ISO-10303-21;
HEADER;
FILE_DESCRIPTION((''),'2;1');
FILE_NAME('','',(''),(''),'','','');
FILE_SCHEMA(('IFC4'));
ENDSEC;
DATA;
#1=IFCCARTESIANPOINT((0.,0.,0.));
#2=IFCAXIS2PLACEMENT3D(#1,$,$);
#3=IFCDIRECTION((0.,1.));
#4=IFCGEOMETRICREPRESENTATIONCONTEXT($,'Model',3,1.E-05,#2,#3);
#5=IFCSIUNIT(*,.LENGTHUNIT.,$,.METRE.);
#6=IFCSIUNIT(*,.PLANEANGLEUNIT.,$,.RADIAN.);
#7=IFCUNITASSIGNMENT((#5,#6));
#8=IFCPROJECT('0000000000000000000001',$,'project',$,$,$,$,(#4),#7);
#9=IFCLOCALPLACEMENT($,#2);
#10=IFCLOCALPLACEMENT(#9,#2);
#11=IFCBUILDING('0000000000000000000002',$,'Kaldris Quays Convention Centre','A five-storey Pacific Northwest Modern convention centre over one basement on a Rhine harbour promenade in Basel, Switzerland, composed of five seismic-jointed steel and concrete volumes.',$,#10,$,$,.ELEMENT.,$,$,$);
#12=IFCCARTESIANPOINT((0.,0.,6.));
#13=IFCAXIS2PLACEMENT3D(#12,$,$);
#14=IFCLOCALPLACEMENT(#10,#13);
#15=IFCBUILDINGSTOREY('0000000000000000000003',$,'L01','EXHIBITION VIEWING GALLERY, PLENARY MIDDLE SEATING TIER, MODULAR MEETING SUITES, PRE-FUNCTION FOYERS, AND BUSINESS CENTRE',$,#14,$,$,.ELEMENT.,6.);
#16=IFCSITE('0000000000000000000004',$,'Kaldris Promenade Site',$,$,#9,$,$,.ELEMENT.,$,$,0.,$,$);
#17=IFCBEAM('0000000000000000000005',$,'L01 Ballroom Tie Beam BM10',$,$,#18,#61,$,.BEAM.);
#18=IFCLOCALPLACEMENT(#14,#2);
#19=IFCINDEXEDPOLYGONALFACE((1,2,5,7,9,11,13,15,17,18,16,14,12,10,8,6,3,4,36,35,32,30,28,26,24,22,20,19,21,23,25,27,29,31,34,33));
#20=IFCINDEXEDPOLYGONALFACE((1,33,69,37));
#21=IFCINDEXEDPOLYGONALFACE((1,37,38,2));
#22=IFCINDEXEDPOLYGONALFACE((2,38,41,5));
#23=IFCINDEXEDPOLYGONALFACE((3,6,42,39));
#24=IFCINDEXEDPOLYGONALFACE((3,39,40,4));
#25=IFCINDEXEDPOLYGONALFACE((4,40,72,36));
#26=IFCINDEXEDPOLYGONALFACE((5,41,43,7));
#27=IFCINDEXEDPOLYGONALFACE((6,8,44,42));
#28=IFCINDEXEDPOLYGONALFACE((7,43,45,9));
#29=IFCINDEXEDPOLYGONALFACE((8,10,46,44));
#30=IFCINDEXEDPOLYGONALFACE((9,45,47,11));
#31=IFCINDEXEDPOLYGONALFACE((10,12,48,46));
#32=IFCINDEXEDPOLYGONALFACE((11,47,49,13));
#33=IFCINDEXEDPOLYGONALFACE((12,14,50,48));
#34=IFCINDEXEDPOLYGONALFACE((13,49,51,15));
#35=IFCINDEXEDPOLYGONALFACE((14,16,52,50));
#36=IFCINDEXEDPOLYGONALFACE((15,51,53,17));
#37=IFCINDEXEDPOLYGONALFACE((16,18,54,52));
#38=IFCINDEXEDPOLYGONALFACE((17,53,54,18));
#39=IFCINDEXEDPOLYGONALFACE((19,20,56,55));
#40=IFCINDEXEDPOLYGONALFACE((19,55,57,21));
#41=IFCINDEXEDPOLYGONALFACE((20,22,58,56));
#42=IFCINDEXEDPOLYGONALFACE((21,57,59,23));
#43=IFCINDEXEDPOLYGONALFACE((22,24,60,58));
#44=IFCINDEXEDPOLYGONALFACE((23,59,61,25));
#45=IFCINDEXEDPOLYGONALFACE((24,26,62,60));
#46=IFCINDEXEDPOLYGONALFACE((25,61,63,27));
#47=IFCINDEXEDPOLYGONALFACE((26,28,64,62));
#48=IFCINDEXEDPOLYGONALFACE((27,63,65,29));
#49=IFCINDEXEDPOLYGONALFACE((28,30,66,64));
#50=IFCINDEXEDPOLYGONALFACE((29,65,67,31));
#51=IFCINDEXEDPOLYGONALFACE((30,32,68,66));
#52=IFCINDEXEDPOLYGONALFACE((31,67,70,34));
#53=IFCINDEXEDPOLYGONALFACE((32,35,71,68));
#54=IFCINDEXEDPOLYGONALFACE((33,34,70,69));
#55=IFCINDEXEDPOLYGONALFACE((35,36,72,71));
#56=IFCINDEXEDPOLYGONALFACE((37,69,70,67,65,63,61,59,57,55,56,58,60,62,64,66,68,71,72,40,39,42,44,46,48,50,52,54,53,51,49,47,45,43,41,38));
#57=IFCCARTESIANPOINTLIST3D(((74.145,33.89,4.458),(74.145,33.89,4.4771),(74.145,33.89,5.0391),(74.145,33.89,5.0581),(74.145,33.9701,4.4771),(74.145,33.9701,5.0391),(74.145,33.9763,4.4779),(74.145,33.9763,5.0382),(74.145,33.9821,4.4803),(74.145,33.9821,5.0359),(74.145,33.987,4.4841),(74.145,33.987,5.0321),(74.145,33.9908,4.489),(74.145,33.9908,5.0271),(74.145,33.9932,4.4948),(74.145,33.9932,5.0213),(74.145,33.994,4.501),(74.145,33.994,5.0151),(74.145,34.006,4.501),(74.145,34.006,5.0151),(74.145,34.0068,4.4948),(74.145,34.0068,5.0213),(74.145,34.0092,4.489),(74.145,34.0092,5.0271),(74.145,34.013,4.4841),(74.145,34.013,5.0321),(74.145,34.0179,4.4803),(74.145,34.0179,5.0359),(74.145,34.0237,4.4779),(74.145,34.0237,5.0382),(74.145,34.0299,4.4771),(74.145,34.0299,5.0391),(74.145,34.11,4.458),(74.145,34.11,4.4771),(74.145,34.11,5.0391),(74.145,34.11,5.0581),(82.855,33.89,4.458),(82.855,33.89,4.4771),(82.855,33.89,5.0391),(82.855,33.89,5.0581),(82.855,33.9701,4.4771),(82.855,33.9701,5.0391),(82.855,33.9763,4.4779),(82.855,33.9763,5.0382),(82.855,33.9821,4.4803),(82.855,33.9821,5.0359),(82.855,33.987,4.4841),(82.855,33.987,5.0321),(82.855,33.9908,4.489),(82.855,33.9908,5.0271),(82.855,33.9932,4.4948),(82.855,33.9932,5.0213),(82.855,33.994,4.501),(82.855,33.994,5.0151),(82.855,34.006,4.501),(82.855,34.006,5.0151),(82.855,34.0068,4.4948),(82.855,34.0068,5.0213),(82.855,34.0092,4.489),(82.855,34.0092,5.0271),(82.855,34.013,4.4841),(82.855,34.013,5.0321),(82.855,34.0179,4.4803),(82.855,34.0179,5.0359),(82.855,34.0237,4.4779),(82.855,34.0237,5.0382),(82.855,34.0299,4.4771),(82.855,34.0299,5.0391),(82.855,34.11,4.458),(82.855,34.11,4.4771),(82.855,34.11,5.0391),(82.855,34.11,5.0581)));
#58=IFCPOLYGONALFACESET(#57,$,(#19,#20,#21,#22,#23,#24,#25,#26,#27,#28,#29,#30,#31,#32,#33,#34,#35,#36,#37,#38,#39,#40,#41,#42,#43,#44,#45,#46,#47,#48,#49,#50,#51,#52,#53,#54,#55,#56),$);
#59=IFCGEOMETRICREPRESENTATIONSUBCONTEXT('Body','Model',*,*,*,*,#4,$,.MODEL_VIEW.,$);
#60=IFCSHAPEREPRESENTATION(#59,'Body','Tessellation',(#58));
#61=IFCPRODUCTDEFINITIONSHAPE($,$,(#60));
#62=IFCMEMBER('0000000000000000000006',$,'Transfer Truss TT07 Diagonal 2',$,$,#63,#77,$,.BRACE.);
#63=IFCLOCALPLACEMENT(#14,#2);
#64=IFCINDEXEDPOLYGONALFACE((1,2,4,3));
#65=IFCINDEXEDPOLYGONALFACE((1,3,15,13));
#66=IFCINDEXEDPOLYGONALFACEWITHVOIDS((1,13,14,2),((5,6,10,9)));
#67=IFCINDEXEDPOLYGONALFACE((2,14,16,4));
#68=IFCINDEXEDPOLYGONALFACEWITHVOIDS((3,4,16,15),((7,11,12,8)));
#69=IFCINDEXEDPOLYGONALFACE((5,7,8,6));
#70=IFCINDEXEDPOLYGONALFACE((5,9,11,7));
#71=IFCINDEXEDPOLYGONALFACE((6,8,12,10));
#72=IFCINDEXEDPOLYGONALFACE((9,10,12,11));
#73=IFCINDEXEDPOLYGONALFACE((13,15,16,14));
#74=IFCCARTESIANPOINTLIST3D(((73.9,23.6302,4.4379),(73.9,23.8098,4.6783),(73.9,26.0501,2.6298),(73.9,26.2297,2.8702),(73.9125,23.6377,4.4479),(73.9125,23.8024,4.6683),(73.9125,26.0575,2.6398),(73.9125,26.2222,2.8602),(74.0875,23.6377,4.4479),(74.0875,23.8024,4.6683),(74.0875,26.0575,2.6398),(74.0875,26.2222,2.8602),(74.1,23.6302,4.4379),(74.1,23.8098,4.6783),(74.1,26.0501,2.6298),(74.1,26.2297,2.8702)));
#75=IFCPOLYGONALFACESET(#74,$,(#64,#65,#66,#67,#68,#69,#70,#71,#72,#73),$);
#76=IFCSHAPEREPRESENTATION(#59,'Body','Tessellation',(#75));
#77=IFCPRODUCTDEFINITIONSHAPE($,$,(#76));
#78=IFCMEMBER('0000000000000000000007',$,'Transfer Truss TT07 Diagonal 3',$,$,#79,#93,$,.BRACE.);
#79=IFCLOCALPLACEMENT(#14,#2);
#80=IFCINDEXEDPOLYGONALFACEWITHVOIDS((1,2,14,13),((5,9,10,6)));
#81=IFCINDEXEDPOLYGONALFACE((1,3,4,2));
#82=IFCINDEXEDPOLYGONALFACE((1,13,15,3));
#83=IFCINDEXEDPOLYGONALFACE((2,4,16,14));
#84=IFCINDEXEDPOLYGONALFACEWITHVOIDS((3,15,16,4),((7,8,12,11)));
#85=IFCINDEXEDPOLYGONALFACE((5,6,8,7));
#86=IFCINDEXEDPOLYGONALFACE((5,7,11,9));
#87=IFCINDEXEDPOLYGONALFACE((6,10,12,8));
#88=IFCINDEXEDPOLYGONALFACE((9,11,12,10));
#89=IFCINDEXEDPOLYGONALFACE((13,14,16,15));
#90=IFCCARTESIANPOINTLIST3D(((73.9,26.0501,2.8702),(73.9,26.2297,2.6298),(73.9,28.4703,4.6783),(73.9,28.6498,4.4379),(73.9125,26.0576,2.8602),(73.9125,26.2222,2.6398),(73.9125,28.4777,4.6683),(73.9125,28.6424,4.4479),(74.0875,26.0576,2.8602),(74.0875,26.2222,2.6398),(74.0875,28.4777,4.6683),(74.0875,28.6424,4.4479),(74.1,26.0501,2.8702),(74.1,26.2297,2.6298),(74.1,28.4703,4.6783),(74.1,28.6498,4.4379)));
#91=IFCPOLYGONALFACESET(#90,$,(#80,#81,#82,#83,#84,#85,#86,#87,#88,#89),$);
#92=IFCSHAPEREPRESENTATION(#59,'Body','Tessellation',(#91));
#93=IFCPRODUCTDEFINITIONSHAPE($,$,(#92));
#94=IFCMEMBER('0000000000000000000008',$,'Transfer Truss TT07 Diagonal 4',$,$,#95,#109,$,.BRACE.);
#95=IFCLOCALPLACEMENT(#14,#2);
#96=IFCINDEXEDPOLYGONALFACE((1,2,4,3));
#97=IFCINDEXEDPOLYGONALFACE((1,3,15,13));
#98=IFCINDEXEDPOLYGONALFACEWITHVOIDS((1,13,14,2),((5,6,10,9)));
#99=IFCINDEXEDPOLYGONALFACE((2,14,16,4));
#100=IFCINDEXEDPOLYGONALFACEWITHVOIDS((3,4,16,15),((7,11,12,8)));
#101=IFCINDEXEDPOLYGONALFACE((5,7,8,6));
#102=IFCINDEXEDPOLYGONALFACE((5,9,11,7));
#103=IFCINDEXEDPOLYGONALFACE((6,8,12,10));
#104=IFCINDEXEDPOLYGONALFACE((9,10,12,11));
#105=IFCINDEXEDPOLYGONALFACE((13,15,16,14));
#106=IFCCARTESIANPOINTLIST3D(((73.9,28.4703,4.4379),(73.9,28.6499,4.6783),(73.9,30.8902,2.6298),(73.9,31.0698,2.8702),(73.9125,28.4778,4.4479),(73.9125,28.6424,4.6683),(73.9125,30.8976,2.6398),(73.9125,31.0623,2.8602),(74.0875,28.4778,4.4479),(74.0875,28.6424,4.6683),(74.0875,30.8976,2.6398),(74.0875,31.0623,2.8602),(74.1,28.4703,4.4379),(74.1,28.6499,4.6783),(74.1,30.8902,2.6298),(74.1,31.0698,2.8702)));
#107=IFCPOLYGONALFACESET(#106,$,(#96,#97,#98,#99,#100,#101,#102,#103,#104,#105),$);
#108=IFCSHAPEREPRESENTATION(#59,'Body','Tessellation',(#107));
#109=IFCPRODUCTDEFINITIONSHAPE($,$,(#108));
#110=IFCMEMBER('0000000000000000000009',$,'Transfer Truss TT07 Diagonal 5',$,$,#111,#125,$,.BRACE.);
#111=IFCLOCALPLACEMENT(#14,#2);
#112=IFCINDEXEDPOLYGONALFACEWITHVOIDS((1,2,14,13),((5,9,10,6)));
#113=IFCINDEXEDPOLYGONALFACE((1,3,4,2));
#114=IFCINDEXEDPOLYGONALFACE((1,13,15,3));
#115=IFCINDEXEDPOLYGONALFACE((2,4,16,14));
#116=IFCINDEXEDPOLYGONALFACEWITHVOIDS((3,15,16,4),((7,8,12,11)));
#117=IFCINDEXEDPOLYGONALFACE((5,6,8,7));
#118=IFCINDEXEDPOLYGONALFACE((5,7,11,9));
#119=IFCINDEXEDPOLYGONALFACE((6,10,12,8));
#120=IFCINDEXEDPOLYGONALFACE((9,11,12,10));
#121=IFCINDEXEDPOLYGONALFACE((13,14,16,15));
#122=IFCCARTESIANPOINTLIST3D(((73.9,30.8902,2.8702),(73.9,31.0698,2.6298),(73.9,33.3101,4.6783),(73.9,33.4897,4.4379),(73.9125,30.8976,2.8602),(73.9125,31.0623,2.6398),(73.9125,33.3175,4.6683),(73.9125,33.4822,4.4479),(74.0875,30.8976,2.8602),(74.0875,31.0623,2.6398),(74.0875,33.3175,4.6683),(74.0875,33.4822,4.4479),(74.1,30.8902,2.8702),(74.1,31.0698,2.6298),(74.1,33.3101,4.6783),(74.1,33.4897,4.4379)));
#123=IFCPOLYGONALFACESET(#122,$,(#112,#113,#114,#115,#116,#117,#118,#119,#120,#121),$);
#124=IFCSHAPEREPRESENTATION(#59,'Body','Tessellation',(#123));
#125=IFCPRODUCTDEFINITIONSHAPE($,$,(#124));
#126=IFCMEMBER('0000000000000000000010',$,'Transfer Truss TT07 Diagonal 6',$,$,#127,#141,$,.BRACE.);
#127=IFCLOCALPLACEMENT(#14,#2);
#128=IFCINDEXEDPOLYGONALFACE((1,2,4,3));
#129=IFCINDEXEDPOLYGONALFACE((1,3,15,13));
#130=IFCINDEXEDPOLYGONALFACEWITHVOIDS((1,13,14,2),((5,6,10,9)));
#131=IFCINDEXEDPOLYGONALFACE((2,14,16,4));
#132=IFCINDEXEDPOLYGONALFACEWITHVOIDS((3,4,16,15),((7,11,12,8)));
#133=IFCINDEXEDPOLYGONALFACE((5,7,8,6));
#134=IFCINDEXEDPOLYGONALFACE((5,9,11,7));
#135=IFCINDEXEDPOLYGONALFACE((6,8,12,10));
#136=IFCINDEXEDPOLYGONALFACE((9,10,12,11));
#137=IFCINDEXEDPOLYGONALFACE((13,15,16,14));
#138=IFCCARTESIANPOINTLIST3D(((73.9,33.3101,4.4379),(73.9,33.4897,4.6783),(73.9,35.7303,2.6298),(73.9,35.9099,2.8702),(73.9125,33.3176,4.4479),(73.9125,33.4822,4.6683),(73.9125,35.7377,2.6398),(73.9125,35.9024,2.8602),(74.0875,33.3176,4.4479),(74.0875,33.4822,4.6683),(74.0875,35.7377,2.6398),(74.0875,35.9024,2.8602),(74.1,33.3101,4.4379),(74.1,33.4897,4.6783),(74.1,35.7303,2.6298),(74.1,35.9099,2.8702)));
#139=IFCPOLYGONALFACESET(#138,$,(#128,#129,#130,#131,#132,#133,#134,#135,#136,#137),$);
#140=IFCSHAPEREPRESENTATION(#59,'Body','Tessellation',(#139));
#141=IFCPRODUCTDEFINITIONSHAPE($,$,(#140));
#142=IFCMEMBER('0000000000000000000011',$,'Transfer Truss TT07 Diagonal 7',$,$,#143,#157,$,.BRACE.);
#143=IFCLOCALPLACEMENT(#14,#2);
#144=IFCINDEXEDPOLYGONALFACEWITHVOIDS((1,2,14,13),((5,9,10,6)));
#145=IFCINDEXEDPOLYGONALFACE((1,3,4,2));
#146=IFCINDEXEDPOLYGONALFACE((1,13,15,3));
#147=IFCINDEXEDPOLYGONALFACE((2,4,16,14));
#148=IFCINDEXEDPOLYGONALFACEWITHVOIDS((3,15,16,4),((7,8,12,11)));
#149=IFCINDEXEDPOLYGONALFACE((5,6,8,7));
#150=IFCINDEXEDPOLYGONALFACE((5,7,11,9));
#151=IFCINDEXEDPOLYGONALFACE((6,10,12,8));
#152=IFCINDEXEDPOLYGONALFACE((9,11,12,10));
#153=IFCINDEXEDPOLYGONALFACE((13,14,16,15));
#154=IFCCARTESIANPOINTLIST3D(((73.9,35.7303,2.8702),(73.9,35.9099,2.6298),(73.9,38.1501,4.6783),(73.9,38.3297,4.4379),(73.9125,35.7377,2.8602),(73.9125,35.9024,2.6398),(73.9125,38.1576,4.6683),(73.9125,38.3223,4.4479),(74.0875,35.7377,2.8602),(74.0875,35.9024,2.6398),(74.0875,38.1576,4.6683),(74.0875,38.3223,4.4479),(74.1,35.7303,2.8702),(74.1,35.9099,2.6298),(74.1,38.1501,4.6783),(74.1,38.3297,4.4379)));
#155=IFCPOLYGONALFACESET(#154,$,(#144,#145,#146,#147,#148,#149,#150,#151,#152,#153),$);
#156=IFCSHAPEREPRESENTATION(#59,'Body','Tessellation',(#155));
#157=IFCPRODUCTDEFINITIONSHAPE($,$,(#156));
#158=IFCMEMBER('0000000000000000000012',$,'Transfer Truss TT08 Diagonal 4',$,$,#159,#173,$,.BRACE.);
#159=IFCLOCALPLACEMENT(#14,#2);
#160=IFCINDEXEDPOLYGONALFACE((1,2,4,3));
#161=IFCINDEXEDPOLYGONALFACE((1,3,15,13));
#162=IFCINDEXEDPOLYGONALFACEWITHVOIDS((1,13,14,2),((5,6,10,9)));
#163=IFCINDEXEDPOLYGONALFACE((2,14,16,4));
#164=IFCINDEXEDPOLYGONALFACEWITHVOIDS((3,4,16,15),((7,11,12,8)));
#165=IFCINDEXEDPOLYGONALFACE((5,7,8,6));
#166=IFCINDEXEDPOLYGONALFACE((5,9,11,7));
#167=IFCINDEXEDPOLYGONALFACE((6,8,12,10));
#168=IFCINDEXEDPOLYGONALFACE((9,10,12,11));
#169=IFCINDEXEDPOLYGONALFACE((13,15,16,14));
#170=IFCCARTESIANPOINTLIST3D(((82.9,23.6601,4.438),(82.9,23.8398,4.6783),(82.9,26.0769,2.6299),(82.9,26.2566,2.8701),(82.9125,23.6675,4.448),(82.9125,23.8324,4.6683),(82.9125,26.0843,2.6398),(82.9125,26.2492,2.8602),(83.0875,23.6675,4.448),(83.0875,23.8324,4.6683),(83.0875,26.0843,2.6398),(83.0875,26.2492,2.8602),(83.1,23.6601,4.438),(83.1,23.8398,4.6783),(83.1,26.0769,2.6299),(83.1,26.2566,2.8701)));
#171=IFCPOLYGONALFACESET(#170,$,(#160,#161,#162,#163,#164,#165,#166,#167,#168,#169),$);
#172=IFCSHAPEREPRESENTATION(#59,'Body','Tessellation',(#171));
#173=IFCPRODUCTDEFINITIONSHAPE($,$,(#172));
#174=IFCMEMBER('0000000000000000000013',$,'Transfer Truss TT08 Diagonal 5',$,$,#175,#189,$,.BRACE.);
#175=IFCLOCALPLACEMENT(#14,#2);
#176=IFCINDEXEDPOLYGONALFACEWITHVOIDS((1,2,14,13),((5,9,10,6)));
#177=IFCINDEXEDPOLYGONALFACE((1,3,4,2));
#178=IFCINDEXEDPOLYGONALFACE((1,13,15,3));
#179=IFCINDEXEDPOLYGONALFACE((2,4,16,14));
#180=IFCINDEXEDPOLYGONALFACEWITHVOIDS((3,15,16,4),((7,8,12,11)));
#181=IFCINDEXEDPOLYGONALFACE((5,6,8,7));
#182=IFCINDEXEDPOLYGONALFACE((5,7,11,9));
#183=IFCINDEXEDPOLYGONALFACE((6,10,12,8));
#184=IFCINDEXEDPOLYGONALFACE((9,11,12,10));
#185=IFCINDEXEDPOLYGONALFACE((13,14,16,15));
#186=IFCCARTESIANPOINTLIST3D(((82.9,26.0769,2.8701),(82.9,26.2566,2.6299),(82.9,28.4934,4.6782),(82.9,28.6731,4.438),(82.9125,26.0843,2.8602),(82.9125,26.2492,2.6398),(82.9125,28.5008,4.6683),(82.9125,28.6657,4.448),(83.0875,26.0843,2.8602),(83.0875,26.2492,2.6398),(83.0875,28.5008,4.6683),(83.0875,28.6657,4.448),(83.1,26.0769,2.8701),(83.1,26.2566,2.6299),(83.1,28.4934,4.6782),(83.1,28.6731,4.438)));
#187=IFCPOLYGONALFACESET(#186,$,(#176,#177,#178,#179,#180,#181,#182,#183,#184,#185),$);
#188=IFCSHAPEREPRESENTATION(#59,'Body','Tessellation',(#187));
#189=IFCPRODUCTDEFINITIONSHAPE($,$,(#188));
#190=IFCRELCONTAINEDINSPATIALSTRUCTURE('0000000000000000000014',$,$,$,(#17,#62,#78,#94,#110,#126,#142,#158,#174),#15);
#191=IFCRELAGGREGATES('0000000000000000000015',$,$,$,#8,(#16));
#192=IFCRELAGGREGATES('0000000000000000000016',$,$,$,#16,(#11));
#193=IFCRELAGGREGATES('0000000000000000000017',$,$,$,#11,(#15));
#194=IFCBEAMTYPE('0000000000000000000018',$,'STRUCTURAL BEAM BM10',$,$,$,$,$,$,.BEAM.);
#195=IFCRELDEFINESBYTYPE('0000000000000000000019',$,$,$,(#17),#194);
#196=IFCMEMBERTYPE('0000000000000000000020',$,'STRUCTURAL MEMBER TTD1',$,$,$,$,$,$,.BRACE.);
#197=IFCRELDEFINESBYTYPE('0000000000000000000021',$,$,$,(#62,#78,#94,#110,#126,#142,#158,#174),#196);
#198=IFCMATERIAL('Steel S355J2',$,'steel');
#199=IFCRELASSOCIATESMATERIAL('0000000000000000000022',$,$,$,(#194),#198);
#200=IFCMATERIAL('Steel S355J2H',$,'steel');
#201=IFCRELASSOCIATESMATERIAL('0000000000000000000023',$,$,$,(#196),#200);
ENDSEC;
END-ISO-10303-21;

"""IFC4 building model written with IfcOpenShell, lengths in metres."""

from ifc_helpers import new_model, si_unit, direction, frame, origin, origin_2d, place, context, subcontext, project, spatial, hollow_rectangle, i_section, extrude, material, material_profile, profile_set, type_object, element, save


model = new_model("IFC4")

# Units and contexts
model_context = context("Model", 3, precision=1e-05, world=origin(), true_north=direction((0.0, 1.0)))
body_context = subcontext(model_context, "Body", "Model", "MODEL_VIEW")
ifc_project = project(units=[si_unit("LENGTHUNIT", "METRE"), si_unit("PLANEANGLEUNIT", "RADIAN")], contexts=[model_context])

# Site, building, storey
site_placement = place(None, origin())
site = spatial("IfcSite", under=ifc_project, at=site_placement, Name="Kaldris Promenade Site", CompositionType="ELEMENT", RefElevation=0.0)
building_placement = place(site_placement, origin())
building = spatial("IfcBuilding", under=site, at=building_placement, Name="Kaldris Quays Convention Centre", Description="A five-storey Pacific Northwest Modern convention centre over one basement on a Rhine harbour promenade in Basel, Switzerland, composed of five seismic-jointed steel and concrete volumes.", CompositionType="ELEMENT")
storey_placement = place(building_placement, frame((0.0, 0.0, 6.0)))
storey = spatial("IfcBuildingStorey", under=building, at=storey_placement, Name="L01", Description="EXHIBITION VIEWING GALLERY, PLENARY MIDDLE SEATING TIER, MODULAR MEETING SUITES, PRE-FUNCTION FOYERS, AND BUSINESS CENTRE", CompositionType="ELEMENT", Elevation=6.0)

# Shared definitions
ifc_material_1 = material(Name="Steel S355J2", Category="steel")

# Beam
ifc_material_profile_1 = material_profile(ifc_material_1, i_section(OverallWidth=0.22, OverallDepth=0.6001, WebThickness=0.012, FlangeThickness=0.019, FilletRadius=0.0239, at=origin_2d()), Name="IPE 600")
ifc_profile_set_1 = profile_set([ifc_material_profile_1], Name="Steel S355J2")
beam_type = type_object("IfcBeamType", Name="STRUCTURAL BEAM BM10", PredefinedType="BEAM", material=ifc_profile_set_1)
for number, where, z_axis, x_axis, name in (
    (1, (74.145, 34.0, 4.7581), (1.0, 0.0, 0.0), (0.0, 1.0, 0.0), "L01 Ballroom Tie Beam BM10"),
):
    element("IfcBeam", number, at=place(storey_placement, frame(where, z_axis=z_axis, x_axis=x_axis)), inside=storey, type_object=beam_type, Name=name, PredefinedType="BEAM", context=body_context, shape_type="SweptSolid", body=[
        extrude(i_section(OverallWidth=0.22, OverallDepth=0.6001, WebThickness=0.012, FlangeThickness=0.019, FilletRadius=0.0239, at=origin_2d()), origin(), (0.0, 0.0, 1.0), 8.71),
    ])

# Members
ifc_material_2 = material(Name="Steel S355J2H", Category="steel")
ifc_material_profile_2 = material_profile(ifc_material_2, hollow_rectangle(XDim=0.2, YDim=0.3, WallThickness=0.0125, at=origin_2d()), Name="RHS 300x200x12.5")
ifc_profile_set_2 = profile_set([ifc_material_profile_2], Name="Steel S355J2H")
member_type = type_object("IfcMemberType", Name="STRUCTURAL MEMBER TTD1", PredefinedType="BRACE", material=ifc_profile_set_2)
member_1_placement = place(storey_placement, frame((74.0, 26.1399, 2.75), z_axis=(0.0, -0.801085, 0.598551), x_axis=(1.0, 0.0, 0.0)))
element("IfcMember", 2, at=member_1_placement, inside=storey, type_object=member_type, Name="Transfer Truss TT07 Diagonal 2", PredefinedType="BRACE", context=body_context, shape_type="SweptSolid", body=[
    extrude(hollow_rectangle(XDim=0.2, YDim=0.3, WallThickness=0.0125, at=origin_2d()), origin(), (0.0, 0.0, 1.0), 3.0208),
])
member_2_placement = place(storey_placement, frame((74.0, 26.1399, 2.75), z_axis=(0.0, 0.801114, 0.598512), x_axis=(-1.0, 0.0, 0.0)))
element("IfcMember", 3, at=member_2_placement, inside=storey, type_object=member_type, Name="Transfer Truss TT07 Diagonal 3", PredefinedType="BRACE", context=body_context, shape_type="SweptSolid", body=[
    extrude(hollow_rectangle(XDim=0.2, YDim=0.3, WallThickness=0.0125, at=origin_2d()), origin(), (0.0, 0.0, 1.0), 3.021),
])
for number, where, z_axis, x_axis, name in (
    (4, (74.0, 30.98, 2.75), (0.0, -0.801085, 0.598551), (1.0, 0.0, 0.0), "Transfer Truss TT07 Diagonal 4"),
    (5, (74.0, 30.98, 2.75), (0.0, 0.801085, 0.598551), (-1.0, 0.0, 0.0), "Transfer Truss TT07 Diagonal 5"),
):
    element("IfcMember", number, at=place(storey_placement, frame(where, z_axis=z_axis, x_axis=x_axis)), inside=storey, type_object=member_type, Name=name, PredefinedType="BRACE", context=body_context, shape_type="SweptSolid", body=[
        extrude(hollow_rectangle(XDim=0.2, YDim=0.3, WallThickness=0.0125, at=origin_2d()), origin(), (0.0, 0.0, 1.0), 3.0208),
    ])
member_3_placement = place(storey_placement, frame((74.0, 35.8201, 2.75), z_axis=(0.0, -0.801114, 0.598512), x_axis=(1.0, 0.0, 0.0)))
element("IfcMember", 6, at=member_3_placement, inside=storey, type_object=member_type, Name="Transfer Truss TT07 Diagonal 6", PredefinedType="BRACE", context=body_context, shape_type="SweptSolid", body=[
    extrude(hollow_rectangle(XDim=0.2, YDim=0.3, WallThickness=0.0125, at=origin_2d()), origin(), (0.0, 0.0, 1.0), 3.021),
])
member_4_placement = place(storey_placement, frame((74.0, 35.8201, 2.75), z_axis=(0.0, 0.801085, 0.598551), x_axis=(-1.0, 0.0, 0.0)))
element("IfcMember", 7, at=member_4_placement, inside=storey, type_object=member_type, Name="Transfer Truss TT07 Diagonal 7", PredefinedType="BRACE", context=body_context, shape_type="SweptSolid", body=[
    extrude(hollow_rectangle(XDim=0.2, YDim=0.3, WallThickness=0.0125, at=origin_2d()), origin(), (0.0, 0.0, 1.0), 3.0208),
])
member_5_placement = place(storey_placement, frame((83.0, 26.1667, 2.75), z_axis=(0.0, -0.800708, 0.599055), x_axis=(1.0, 0.0, 0.0)))
element("IfcMember", 8, at=member_5_placement, inside=storey, type_object=member_type, Name="Transfer Truss TT08 Diagonal 4", PredefinedType="BRACE", context=body_context, shape_type="SweptSolid", body=[
    extrude(hollow_rectangle(XDim=0.2, YDim=0.3, WallThickness=0.0125, at=origin_2d()), origin(), (0.0, 0.0, 1.0), 3.0183),
])
member_6_placement = place(storey_placement, frame((83.0, 26.1667, 2.75), z_axis=(0.0, 0.800679, 0.599094), x_axis=(-1.0, 0.0, 0.0)))
element("IfcMember", 9, at=member_6_placement, inside=storey, type_object=member_type, Name="Transfer Truss TT08 Diagonal 5", PredefinedType="BRACE", context=body_context, shape_type="SweptSolid", body=[
    extrude(hollow_rectangle(XDim=0.2, YDim=0.3, WallThickness=0.0125, at=origin_2d()), origin(), (0.0, 0.0, 1.0), 3.0181),
])

save(model, "model.ifc")
